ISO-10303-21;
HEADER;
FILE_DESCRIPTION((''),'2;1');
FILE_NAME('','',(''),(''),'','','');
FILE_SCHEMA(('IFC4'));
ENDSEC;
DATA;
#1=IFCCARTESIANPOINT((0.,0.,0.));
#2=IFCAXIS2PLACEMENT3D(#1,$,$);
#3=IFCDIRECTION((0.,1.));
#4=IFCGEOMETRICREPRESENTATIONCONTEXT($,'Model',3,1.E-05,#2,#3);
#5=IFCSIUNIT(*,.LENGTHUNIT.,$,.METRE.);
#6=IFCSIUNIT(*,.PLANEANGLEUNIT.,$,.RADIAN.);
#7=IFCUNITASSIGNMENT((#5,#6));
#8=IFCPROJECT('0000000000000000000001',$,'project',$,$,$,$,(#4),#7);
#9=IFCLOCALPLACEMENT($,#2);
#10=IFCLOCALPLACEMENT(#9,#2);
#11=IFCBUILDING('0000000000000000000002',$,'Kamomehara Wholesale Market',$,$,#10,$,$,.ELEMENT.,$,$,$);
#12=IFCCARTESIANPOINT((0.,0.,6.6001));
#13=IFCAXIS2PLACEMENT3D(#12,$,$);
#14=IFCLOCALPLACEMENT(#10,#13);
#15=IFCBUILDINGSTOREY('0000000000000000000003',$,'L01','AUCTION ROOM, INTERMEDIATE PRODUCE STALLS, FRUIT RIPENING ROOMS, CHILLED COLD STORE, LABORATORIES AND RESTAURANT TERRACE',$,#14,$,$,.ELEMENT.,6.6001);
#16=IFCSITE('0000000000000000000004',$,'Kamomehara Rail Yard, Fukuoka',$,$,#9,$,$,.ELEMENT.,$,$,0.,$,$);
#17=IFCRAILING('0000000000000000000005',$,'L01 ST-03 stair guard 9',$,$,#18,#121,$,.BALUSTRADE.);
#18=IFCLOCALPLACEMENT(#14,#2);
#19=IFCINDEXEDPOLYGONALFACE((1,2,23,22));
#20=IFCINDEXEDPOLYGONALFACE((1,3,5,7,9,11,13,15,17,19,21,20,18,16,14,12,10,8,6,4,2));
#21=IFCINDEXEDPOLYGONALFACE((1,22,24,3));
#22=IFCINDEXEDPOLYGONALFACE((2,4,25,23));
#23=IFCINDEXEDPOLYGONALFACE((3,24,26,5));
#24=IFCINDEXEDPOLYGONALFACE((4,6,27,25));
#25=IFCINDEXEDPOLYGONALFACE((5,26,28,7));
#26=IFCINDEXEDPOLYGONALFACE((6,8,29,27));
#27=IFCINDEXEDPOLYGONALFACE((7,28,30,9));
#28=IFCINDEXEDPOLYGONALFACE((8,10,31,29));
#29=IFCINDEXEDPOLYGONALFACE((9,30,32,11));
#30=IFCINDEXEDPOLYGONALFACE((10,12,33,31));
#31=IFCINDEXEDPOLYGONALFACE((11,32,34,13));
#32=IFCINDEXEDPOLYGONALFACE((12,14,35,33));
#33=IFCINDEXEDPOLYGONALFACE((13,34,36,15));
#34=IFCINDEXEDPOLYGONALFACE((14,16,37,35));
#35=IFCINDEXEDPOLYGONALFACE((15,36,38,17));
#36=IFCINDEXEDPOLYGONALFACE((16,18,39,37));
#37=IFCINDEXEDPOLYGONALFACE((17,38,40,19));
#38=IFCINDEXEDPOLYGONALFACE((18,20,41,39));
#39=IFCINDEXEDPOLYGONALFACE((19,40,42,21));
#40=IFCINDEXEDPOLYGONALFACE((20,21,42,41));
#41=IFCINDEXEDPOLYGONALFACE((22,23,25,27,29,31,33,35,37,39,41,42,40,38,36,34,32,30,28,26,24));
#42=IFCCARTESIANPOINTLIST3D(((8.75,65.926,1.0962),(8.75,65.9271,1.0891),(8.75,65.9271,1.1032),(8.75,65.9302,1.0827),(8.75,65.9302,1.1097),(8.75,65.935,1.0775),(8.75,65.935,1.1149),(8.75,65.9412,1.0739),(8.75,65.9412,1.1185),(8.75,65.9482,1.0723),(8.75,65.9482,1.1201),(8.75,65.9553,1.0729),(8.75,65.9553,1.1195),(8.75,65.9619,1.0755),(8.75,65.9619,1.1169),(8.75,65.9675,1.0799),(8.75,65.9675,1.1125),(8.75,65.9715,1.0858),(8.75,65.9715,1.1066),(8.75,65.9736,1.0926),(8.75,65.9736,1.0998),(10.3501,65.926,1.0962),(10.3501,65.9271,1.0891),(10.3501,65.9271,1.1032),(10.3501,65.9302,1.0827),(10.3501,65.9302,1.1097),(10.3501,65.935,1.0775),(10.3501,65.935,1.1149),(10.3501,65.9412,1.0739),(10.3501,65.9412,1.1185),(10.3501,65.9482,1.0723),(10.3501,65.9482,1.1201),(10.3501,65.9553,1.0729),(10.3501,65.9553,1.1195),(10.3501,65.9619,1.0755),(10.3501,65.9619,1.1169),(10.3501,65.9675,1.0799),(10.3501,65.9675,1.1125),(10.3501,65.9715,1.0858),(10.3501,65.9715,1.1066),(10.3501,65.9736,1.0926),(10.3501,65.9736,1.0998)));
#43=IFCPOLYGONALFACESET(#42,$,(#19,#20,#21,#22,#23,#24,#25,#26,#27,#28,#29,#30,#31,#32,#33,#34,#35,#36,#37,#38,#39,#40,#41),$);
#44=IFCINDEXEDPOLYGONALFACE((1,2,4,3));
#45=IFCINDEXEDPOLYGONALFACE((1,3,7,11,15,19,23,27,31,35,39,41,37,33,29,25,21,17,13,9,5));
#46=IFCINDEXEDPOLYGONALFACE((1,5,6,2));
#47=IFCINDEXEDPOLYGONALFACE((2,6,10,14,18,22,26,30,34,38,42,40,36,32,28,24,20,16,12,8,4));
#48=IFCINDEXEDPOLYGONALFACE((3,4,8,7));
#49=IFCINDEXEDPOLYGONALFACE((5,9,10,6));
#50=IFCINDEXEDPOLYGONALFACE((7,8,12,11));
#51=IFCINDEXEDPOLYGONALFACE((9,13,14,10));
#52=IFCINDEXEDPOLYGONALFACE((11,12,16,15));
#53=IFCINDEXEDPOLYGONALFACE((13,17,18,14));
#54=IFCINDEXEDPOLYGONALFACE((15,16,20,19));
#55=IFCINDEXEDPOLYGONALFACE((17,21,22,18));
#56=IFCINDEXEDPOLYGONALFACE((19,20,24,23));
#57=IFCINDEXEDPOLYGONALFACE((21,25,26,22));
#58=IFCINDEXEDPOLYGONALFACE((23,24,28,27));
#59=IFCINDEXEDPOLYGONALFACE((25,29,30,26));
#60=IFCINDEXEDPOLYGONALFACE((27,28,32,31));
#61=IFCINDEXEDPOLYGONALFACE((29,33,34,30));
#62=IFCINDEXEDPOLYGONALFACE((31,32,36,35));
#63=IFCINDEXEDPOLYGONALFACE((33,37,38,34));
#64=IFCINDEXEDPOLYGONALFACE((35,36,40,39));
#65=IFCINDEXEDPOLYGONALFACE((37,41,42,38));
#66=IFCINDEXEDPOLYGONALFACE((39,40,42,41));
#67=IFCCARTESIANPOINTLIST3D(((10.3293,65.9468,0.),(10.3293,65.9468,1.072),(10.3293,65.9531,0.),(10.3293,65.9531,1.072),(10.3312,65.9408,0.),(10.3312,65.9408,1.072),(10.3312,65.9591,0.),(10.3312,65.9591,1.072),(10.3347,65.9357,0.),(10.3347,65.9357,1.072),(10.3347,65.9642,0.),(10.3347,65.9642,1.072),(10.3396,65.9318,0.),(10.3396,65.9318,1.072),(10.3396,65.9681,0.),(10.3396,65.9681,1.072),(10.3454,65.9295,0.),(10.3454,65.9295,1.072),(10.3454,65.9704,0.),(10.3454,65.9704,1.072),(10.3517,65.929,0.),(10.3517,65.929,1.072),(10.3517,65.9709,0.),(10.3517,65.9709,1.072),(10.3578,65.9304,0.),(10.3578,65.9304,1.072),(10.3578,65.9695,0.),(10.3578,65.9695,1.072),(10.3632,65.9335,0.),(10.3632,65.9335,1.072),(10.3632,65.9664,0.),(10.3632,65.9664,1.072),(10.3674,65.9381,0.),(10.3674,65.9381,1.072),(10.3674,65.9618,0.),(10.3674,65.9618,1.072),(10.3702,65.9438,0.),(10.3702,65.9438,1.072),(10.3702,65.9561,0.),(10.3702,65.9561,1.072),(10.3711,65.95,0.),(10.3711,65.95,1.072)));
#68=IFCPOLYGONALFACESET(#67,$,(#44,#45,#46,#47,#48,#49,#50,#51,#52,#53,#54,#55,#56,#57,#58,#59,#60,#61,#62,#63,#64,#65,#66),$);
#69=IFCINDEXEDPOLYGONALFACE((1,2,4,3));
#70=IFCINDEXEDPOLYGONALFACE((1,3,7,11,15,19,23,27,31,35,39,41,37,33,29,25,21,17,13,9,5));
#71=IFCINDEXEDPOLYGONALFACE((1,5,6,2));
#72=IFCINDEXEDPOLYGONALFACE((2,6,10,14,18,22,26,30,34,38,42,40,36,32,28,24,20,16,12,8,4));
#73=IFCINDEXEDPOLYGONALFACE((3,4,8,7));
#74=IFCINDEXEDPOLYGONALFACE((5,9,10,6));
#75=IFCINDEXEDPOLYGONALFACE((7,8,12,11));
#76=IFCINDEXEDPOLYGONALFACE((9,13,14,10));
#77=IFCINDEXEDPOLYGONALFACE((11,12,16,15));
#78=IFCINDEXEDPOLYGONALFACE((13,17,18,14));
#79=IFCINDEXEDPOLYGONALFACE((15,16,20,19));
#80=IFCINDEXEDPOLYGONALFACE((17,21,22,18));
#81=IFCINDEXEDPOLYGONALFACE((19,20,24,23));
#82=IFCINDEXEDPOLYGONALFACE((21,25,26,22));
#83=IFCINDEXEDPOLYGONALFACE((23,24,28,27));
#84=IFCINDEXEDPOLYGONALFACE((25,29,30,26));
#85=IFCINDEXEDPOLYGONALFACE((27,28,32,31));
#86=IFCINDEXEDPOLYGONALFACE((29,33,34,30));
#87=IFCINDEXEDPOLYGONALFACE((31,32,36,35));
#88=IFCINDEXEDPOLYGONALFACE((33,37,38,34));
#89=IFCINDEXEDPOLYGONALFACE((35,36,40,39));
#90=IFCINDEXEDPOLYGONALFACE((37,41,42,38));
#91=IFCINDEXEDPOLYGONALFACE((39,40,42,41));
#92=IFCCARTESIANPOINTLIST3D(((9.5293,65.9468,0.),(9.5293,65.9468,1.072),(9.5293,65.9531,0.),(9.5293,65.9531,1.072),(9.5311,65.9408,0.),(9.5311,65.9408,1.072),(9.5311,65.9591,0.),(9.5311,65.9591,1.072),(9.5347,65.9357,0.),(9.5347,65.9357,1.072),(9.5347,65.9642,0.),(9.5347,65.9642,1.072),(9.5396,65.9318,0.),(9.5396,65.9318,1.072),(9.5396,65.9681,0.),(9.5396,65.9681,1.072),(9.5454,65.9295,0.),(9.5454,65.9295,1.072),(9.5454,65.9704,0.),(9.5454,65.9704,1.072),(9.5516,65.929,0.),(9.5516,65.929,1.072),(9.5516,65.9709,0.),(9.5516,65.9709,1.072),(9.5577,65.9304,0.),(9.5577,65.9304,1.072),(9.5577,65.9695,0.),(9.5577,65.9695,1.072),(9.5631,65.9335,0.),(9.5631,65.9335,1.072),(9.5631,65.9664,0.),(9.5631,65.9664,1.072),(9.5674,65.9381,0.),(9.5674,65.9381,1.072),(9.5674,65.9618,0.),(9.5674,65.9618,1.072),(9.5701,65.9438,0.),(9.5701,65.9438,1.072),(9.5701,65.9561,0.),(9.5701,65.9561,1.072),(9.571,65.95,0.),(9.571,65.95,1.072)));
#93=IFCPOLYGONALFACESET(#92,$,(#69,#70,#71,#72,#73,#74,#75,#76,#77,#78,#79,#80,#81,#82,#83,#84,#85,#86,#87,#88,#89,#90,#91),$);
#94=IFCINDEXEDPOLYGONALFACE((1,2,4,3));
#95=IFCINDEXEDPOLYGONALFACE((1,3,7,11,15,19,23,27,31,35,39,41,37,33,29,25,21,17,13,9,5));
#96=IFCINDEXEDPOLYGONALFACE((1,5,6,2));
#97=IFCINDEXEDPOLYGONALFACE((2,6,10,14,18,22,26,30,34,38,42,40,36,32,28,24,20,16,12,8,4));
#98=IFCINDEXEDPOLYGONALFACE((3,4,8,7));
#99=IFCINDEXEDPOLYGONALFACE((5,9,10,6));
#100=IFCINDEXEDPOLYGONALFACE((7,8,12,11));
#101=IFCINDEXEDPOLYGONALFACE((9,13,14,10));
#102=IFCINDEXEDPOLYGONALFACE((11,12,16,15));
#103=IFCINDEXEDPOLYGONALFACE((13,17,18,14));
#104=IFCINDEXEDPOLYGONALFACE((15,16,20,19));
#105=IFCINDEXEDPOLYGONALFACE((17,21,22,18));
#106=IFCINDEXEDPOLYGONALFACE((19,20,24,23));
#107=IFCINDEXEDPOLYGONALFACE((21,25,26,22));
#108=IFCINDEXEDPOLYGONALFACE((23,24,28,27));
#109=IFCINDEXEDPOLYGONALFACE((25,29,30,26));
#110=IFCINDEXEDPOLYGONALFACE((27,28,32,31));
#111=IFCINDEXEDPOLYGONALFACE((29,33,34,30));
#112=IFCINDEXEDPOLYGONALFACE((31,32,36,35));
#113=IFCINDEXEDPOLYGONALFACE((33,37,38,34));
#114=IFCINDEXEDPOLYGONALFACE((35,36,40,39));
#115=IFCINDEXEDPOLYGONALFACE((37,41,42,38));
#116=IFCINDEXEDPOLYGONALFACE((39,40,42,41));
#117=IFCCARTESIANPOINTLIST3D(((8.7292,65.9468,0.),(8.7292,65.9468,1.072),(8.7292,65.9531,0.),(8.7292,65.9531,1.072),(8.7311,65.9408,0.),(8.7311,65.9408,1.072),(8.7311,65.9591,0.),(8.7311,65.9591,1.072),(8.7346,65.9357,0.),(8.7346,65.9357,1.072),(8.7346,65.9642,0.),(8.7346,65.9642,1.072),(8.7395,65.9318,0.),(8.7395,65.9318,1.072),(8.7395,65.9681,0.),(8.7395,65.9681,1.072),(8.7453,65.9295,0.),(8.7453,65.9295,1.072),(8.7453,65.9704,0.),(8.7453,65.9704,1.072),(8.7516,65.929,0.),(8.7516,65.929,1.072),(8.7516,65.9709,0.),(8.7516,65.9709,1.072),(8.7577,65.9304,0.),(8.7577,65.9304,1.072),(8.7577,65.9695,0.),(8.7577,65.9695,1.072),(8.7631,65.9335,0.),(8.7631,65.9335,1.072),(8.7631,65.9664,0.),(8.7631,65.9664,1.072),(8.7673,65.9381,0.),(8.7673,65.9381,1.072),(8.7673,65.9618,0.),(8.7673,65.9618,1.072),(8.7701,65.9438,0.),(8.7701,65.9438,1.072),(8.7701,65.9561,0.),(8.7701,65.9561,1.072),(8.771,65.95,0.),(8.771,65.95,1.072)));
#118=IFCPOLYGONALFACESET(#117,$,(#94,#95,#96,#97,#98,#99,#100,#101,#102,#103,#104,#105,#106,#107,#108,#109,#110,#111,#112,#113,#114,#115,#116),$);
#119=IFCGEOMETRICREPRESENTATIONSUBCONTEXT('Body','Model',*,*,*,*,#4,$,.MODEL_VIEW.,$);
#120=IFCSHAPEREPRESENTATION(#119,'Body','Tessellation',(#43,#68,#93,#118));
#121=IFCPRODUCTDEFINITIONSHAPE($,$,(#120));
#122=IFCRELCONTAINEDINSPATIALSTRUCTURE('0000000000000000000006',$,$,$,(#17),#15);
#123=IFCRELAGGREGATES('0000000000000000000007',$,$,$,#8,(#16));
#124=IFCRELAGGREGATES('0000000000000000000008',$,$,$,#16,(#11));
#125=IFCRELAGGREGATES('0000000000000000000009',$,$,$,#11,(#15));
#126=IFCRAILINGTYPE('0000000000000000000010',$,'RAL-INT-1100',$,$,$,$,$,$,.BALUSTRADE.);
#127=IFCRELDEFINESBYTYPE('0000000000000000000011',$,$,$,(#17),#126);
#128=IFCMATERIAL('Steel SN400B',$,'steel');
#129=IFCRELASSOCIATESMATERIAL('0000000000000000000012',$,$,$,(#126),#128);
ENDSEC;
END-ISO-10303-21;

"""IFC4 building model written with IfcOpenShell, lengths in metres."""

from ifc_helpers import new_model, si_unit, direction, frame, origin, origin_2d, place, context, subcontext, project, spatial, circle, extrude, material, type_object, element, save


model = new_model("IFC4")

# Units and contexts
model_context = context("Model", 3, precision=1e-05, world=origin(), true_north=direction((0.0, 1.0)))
body_context = subcontext(model_context, "Body", "Model", "MODEL_VIEW")
ifc_project = project(units=[si_unit("LENGTHUNIT", "METRE"), si_unit("PLANEANGLEUNIT", "RADIAN")], contexts=[model_context])

# Site, building, storey
site_placement = place(None, origin())
site = spatial("IfcSite", under=ifc_project, at=site_placement, Name="Kamomehara Rail Yard, Fukuoka", CompositionType="ELEMENT", RefElevation=0.0)
building_placement = place(site_placement, origin())
building = spatial("IfcBuilding", under=site, at=building_placement, Name="Kamomehara Wholesale Market", CompositionType="ELEMENT")
storey_placement = place(building_placement, frame((0.0, 0.0, 6.6001)))
storey = spatial("IfcBuildingStorey", under=building, at=storey_placement, Name="L01", Description="AUCTION ROOM, INTERMEDIATE PRODUCE STALLS, FRUIT RIPENING ROOMS, CHILLED COLD STORE, LABORATORIES AND RESTAURANT TERRACE", CompositionType="ELEMENT", Elevation=6.6001)

# Railing
ifc_material_1 = material(Name="Steel SN400B", Category="steel")
railing_type_1 = type_object("IfcRailingType", Name="RAL-INT-1100", PredefinedType="BALUSTRADE", material=ifc_material_1)
for number, where, name in (
    (1, (10.3501, 65.95, 0.0), "L01 ST-03 stair guard 9"),
):
    element("IfcRailing", number, at=place(storey_placement, frame(where)), inside=storey, type_object=railing_type_1, Name=name, PredefinedType="BALUSTRADE", context=body_context, shape_type="SweptSolid", body=[
        extrude(circle(Radius=0.0239, at=origin_2d()), frame((0.0, 0.0, 1.0962), z_axis=(-1.0, 0.0, 0.0), x_axis=(0.0, -1.0, 0.0)), (0.0, 0.0, 1.0), 1.6001),
        extrude(circle(Radius=0.021, at=origin_2d()), origin(), (0.0, 0.0, 1.0), 1.072),
        extrude(circle(Radius=0.021, at=origin_2d()), frame((-0.8, 0.0, 0.0)), (0.0, 0.0, 1.0), 1.072),
        extrude(circle(Radius=0.021, at=origin_2d()), frame((-1.6001, 0.0, 0.0)), (0.0, 0.0, 1.0), 1.072),
    ])

save(model, "model.ifc")
